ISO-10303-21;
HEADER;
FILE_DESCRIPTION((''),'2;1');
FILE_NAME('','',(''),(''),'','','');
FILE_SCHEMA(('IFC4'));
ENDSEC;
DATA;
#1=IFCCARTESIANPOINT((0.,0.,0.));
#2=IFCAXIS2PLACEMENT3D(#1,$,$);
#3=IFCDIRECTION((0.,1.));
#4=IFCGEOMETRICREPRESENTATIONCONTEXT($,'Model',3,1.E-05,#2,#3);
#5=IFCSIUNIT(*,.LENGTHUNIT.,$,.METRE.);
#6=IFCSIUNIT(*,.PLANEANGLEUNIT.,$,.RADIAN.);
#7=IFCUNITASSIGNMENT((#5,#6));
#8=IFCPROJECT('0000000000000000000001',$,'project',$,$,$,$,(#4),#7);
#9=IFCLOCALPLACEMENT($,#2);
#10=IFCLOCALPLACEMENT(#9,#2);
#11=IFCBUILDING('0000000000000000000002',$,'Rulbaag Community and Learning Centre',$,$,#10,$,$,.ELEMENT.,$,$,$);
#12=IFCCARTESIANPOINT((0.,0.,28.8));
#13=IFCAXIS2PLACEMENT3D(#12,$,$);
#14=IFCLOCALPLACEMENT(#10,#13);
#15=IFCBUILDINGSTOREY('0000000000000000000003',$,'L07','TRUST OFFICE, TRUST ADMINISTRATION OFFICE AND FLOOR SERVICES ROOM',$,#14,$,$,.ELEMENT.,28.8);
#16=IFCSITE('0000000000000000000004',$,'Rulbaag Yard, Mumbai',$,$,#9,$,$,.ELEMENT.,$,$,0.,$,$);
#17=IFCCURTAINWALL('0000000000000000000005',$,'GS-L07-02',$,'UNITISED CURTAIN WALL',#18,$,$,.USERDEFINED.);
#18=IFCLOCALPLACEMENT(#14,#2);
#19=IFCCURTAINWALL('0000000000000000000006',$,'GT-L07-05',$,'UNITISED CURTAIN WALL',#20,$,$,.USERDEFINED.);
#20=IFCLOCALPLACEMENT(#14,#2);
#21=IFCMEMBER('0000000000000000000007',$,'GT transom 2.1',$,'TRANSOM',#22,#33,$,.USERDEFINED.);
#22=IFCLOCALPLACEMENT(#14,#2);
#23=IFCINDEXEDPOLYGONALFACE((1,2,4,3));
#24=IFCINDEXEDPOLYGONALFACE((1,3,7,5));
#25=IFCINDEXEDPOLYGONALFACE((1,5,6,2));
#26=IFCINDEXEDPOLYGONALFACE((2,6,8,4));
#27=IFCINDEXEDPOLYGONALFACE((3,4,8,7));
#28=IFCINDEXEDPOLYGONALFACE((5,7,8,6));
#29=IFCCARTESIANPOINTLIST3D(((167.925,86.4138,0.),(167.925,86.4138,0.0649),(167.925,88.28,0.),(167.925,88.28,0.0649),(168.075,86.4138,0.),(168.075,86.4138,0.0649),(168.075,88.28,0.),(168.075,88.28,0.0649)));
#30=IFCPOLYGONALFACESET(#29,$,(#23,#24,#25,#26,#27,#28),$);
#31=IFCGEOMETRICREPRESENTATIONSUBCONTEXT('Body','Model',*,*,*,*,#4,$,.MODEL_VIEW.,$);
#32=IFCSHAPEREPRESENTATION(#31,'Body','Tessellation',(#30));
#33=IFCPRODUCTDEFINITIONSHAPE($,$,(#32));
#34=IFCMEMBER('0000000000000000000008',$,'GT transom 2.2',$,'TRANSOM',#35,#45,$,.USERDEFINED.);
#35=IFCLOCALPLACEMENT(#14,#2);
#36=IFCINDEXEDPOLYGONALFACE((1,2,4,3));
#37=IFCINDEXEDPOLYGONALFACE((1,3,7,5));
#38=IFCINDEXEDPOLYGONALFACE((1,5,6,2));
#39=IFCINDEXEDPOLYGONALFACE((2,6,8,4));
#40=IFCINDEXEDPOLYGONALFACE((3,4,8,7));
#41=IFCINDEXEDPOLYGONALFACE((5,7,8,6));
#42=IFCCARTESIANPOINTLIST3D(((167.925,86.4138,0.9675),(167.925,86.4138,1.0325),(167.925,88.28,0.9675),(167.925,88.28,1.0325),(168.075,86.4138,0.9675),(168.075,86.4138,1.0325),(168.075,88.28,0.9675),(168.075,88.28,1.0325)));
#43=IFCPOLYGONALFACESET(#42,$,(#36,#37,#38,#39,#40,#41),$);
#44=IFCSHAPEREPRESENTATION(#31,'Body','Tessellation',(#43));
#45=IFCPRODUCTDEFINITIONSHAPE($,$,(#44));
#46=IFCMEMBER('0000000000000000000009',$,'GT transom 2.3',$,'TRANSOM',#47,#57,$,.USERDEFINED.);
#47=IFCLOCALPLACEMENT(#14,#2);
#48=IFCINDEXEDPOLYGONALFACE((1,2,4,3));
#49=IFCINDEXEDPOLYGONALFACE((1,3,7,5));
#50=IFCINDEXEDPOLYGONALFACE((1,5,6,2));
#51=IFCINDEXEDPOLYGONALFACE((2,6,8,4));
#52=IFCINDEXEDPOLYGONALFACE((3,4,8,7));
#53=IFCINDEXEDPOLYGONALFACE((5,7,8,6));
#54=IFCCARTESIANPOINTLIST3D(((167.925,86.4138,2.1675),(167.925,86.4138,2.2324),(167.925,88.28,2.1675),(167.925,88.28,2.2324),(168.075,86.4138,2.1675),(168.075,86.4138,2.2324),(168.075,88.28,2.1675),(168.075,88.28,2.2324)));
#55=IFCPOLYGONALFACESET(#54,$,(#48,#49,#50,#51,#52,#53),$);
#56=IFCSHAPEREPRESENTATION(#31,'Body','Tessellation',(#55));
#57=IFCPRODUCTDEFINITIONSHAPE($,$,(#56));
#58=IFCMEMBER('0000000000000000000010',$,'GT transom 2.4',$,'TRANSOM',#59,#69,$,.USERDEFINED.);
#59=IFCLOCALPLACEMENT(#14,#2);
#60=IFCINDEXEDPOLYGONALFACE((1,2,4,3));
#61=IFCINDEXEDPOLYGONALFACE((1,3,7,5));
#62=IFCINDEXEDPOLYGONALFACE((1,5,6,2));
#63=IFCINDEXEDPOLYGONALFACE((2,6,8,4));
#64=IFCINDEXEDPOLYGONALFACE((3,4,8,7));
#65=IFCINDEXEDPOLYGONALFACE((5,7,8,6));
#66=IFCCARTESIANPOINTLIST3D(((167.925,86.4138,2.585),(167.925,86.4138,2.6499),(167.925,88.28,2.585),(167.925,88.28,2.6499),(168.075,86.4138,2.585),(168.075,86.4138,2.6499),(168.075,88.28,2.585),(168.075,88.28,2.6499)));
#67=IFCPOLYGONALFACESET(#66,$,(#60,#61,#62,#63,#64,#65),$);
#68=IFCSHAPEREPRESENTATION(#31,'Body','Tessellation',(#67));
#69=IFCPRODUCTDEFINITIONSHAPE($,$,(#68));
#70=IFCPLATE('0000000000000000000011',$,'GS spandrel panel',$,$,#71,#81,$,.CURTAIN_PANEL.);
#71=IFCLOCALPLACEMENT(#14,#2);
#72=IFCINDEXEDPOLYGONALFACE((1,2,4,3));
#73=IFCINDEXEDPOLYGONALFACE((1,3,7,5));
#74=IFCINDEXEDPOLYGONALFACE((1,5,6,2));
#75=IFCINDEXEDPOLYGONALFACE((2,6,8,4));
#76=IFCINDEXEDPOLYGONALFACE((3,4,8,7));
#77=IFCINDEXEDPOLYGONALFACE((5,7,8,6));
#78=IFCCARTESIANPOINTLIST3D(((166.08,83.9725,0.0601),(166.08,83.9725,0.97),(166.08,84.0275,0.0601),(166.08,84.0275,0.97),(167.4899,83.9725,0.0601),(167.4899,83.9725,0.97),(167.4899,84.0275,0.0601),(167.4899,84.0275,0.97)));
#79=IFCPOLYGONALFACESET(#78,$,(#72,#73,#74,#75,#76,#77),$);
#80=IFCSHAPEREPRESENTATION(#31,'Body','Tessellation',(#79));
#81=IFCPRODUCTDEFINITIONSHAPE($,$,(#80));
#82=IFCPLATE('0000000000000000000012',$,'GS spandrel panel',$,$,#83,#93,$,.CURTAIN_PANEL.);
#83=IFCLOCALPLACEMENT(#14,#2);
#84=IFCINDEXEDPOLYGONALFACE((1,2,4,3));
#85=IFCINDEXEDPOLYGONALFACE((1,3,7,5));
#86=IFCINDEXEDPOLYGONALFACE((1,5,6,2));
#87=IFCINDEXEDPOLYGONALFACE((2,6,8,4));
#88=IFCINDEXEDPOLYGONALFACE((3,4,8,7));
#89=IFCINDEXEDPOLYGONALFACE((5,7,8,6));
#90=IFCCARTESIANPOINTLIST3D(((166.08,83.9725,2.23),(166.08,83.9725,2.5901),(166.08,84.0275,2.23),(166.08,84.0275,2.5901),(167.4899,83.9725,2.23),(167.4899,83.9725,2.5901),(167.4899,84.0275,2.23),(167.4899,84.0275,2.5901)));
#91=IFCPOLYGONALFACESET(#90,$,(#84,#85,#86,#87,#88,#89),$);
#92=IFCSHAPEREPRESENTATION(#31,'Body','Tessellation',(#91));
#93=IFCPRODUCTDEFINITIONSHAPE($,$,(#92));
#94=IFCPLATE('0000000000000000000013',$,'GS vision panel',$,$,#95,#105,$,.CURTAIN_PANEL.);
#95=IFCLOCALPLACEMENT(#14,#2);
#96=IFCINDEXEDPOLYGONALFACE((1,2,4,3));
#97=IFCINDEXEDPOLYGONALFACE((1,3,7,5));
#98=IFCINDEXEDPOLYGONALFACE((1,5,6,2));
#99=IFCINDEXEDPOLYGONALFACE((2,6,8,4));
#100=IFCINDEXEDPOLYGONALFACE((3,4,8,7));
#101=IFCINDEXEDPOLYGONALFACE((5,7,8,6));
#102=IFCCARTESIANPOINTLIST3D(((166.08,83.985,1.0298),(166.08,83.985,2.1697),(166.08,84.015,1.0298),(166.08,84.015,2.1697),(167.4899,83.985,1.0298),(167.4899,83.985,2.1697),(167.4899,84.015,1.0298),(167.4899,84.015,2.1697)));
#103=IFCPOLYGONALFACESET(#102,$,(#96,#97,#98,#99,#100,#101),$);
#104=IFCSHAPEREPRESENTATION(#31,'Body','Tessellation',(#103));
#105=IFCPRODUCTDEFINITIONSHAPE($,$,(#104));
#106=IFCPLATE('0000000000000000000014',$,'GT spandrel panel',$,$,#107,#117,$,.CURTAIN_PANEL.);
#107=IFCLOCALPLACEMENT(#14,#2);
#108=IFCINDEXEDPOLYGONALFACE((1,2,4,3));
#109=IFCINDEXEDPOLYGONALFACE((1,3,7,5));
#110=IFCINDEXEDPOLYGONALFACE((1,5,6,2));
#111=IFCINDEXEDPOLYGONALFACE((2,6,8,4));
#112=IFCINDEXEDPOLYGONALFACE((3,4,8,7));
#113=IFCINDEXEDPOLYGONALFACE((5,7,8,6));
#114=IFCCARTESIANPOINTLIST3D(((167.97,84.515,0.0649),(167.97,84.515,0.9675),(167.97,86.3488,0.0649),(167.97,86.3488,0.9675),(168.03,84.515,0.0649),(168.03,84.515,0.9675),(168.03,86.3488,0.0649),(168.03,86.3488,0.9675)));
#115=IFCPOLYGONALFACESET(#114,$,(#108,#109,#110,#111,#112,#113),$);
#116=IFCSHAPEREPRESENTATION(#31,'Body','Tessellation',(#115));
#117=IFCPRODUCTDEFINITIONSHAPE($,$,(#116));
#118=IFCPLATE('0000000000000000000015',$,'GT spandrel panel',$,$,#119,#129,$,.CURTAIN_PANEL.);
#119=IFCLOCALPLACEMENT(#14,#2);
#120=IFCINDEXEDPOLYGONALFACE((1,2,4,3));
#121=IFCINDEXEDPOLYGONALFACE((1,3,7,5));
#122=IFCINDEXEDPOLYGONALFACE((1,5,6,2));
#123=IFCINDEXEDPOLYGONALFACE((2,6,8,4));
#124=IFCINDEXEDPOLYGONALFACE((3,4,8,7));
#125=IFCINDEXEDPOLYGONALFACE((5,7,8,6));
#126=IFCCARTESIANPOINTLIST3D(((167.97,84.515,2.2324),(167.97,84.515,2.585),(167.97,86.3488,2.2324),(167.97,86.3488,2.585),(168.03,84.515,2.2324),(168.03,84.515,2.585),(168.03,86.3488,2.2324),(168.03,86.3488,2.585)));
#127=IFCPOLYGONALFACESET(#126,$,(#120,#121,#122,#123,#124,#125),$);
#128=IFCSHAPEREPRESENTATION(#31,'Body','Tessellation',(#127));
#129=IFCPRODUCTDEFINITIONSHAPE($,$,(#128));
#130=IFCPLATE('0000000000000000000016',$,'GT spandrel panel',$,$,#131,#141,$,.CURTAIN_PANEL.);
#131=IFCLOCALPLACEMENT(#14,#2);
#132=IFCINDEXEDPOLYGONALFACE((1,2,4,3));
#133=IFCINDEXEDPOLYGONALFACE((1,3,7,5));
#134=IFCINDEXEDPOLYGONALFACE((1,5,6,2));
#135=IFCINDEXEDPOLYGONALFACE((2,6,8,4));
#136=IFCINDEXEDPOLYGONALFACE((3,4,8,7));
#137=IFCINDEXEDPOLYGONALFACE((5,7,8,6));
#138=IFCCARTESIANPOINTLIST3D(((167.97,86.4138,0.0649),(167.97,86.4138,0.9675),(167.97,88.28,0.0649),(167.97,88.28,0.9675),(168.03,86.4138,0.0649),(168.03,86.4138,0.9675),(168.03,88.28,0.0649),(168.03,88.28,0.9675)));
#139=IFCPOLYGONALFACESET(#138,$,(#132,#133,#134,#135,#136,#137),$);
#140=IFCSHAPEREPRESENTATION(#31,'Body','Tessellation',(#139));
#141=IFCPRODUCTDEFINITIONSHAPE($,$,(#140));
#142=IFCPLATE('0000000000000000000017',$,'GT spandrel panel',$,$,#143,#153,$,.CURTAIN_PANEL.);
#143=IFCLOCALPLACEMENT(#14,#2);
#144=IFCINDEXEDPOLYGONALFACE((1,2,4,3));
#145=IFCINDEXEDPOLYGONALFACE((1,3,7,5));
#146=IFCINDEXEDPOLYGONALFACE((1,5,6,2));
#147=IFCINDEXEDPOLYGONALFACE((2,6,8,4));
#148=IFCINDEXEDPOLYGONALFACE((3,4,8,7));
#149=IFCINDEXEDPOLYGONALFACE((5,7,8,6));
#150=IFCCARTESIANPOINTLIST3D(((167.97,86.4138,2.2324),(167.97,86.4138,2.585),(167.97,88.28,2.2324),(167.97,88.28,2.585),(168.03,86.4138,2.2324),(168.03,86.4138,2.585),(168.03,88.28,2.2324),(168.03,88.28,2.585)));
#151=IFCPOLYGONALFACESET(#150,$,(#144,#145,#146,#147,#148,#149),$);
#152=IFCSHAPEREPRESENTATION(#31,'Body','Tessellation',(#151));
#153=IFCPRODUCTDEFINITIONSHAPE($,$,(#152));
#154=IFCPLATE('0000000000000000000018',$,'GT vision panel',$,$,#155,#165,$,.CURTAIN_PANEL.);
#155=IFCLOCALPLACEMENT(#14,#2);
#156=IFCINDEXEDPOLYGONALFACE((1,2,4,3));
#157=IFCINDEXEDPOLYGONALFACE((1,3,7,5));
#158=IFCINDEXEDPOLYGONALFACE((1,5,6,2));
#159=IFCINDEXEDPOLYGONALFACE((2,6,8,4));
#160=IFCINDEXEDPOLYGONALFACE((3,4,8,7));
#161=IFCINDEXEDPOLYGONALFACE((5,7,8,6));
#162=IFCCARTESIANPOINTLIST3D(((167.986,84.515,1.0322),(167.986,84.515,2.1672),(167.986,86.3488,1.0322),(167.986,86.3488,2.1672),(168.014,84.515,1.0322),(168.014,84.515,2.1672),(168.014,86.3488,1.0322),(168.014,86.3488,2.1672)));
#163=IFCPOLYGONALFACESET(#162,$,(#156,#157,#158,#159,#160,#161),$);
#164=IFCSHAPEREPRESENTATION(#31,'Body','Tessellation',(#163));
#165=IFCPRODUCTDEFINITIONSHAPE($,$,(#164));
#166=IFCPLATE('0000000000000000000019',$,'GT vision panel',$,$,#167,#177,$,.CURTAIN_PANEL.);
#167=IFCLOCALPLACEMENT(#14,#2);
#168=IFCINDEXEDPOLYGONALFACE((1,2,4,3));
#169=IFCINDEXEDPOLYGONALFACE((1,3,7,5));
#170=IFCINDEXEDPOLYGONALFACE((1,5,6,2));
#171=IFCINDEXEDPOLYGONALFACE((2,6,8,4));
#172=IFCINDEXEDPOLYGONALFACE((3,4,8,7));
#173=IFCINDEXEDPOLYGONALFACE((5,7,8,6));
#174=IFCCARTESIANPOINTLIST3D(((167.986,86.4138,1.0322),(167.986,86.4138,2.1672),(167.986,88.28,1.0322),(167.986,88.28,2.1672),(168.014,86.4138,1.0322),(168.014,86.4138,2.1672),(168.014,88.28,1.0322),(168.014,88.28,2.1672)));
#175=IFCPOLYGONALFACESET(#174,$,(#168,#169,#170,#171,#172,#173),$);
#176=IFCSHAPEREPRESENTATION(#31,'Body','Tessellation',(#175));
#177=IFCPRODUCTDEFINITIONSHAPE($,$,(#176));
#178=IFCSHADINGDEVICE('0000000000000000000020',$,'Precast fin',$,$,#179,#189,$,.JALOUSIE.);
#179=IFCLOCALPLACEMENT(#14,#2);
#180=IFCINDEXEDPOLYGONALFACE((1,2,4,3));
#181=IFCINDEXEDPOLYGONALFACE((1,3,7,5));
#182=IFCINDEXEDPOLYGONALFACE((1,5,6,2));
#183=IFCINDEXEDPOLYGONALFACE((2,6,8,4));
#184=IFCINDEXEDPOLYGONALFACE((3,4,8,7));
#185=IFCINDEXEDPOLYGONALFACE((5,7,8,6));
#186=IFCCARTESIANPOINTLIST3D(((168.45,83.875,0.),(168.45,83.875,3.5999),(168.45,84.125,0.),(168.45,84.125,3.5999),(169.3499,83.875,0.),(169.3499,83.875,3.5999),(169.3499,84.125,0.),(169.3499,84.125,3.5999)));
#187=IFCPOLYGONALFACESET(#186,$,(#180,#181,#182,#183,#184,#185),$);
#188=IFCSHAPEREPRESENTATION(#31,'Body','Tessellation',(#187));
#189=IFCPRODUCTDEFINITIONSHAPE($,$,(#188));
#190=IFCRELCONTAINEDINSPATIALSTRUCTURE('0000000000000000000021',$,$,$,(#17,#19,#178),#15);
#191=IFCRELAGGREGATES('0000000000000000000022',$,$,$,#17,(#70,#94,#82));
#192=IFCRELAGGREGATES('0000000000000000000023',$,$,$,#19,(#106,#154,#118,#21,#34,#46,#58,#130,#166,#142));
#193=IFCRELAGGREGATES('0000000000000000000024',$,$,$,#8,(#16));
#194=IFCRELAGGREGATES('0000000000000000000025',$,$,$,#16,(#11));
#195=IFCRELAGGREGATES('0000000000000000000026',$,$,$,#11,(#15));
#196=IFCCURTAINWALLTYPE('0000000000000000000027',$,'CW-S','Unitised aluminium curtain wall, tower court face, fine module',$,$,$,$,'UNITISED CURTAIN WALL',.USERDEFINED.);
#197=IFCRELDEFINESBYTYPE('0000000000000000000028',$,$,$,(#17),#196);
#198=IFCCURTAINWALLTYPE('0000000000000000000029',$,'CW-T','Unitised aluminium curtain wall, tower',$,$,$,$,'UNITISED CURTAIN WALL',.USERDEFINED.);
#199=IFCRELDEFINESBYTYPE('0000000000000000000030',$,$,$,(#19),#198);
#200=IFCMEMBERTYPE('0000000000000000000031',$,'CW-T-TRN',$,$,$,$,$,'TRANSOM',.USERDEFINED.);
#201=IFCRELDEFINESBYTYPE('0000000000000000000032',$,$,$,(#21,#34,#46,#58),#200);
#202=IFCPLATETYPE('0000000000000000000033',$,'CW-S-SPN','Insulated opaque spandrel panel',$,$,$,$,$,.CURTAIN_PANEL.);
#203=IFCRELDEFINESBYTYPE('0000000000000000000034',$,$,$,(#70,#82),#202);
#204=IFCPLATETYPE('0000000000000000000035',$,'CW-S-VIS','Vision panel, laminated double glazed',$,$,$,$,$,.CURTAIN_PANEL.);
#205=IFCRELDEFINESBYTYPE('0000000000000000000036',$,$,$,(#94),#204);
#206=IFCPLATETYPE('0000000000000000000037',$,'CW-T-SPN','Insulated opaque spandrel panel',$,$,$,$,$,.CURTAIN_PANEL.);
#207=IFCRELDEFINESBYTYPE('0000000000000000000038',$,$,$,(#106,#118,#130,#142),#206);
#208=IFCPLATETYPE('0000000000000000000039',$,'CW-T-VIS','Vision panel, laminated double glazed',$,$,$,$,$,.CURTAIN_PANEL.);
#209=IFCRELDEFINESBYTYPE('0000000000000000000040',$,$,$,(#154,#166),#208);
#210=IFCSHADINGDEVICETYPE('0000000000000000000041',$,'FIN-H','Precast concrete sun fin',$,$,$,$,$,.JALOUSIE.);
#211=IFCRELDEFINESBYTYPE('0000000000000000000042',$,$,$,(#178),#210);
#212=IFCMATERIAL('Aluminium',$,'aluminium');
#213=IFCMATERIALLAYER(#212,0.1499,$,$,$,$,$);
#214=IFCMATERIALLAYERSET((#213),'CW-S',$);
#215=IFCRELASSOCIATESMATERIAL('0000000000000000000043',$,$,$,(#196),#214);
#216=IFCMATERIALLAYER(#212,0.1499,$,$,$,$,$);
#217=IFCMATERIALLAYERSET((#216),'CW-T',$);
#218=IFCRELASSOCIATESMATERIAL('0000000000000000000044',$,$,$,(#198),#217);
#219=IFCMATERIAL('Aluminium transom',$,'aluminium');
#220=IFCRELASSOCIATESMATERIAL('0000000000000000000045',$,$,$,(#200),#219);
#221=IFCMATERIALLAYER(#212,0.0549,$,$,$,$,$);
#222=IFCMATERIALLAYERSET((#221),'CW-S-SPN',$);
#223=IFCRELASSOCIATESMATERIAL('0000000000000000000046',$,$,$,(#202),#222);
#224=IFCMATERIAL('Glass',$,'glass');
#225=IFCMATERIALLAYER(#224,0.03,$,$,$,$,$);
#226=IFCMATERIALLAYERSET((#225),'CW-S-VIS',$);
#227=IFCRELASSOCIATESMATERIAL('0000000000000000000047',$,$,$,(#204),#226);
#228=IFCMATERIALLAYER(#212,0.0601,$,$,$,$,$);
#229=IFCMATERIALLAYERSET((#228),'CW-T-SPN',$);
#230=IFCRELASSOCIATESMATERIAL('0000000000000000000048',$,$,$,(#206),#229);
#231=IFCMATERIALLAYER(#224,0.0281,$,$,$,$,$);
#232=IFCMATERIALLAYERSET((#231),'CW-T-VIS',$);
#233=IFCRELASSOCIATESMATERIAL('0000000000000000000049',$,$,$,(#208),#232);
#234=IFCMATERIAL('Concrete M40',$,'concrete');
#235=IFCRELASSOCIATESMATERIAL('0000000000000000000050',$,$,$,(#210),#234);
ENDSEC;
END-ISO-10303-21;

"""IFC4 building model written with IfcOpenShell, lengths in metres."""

from ifc_helpers import new_model, si_unit, direction, frame, origin, origin_2d, place, context, subcontext, project, spatial, rectangle, extrude, material, layer, layer_set, material_profile, profile_set, type_object, element, aggregate, save


model = new_model("IFC4")

# Units and contexts
model_context = context("Model", 3, precision=1e-05, world=origin(), true_north=direction((0.0, 1.0)))
body_context = subcontext(model_context, "Body", "Model", "MODEL_VIEW")
ifc_project = project(units=[si_unit("LENGTHUNIT", "METRE"), si_unit("PLANEANGLEUNIT", "RADIAN")], contexts=[model_context])

# Site, building, storey
site_placement = place(None, origin())
site = spatial("IfcSite", under=ifc_project, at=site_placement, Name="Rulbaag Yard, Mumbai", CompositionType="ELEMENT", RefElevation=0.0)
building_placement = place(site_placement, origin())
building = spatial("IfcBuilding", under=site, at=building_placement, Name="Rulbaag Community and Learning Centre", CompositionType="ELEMENT")
storey_placement = place(building_placement, frame((0.0, 0.0, 28.8)))
storey = spatial("IfcBuildingStorey", under=building, at=storey_placement, Name="L07", Description="TRUST OFFICE, TRUST ADMINISTRATION OFFICE AND FLOOR SERVICES ROOM", CompositionType="ELEMENT", Elevation=28.8)

# Shared definitions
ifc_material_1 = material(Name="Concrete M40", Category="concrete")

# Curtain walls, members
ifc_material_2 = material(Name="Aluminium", Category="aluminium")
ifc_layer_1 = layer(ifc_material_2, 0.1499)
ifc_layer_set_1 = layer_set([ifc_layer_1], Name="CW-S")
curtain_wall_type_1 = type_object("IfcCurtainWallType", Name="CW-S", Description="Unitised aluminium curtain wall, tower court face, fine module", ElementType="UNITISED CURTAIN WALL", PredefinedType="USERDEFINED", material=ifc_layer_set_1)
curtain_wall_1_placement = place(storey_placement, origin())
curtain_wall_1 = element("IfcCurtainWall", 1, at=curtain_wall_1_placement, inside=storey, type_object=curtain_wall_type_1, Name="GS-L07-02", ObjectType="UNITISED CURTAIN WALL", PredefinedType="USERDEFINED")
ifc_material_3 = material(Name="Aluminium transom", Category="aluminium")
ifc_layer_2 = layer(ifc_material_2, 0.1499)
ifc_layer_set_2 = layer_set([ifc_layer_2], Name="CW-T")
curtain_wall_type_2 = type_object("IfcCurtainWallType", Name="CW-T", Description="Unitised aluminium curtain wall, tower", ElementType="UNITISED CURTAIN WALL", PredefinedType="USERDEFINED", material=ifc_layer_set_2)
curtain_wall_2_placement = place(storey_placement, origin())
curtain_wall_2 = element("IfcCurtainWall", 2, at=curtain_wall_2_placement, inside=storey, type_object=curtain_wall_type_2, Name="GT-L07-05", ObjectType="UNITISED CURTAIN WALL", PredefinedType="USERDEFINED")
ifc_material_profile_1 = material_profile(ifc_material_3, rectangle(XDim=0.1499, YDim=0.0649, at=origin_2d()), Name="AL 65x150 T")
ifc_profile_set_1 = profile_set([ifc_material_profile_1], Name="Aluminium transom")
member_type_1 = type_object("IfcMemberType", Name="CW-T-TRN", ElementType="TRANSOM", PredefinedType="USERDEFINED", material=ifc_profile_set_1)
member_1_placement = place(storey_placement, frame((168.0, 86.4138, 0.0325), z_axis=(0.0, 1.0, 0.0), x_axis=(-1.0, 0.0, 0.0)))
member_1 = element("IfcMember", 3, at=member_1_placement, type_object=member_type_1, Name="GT transom 2.1", ObjectType="TRANSOM", PredefinedType="USERDEFINED", context=body_context, shape_type="SweptSolid", body=[
    extrude(rectangle(XDim=0.1499, YDim=0.0649, at=origin_2d()), origin(), (0.0, 0.0, 1.0), 1.8662),
])
member_2_placement = place(storey_placement, frame((168.0, 86.4138, 1.0), z_axis=(0.0, 1.0, 0.0), x_axis=(-1.0, 0.0, 0.0)))
member_2 = element("IfcMember", 4, at=member_2_placement, type_object=member_type_1, Name="GT transom 2.2", ObjectType="TRANSOM", PredefinedType="USERDEFINED", context=body_context, shape_type="SweptSolid", body=[
    extrude(rectangle(XDim=0.1499, YDim=0.0649, at=origin_2d()), origin(), (0.0, 0.0, 1.0), 1.8662),
])
member_3_placement = place(storey_placement, frame((168.0, 86.4138, 2.2), z_axis=(0.0, 1.0, 0.0), x_axis=(-1.0, 0.0, 0.0)))
member_3 = element("IfcMember", 5, at=member_3_placement, type_object=member_type_1, Name="GT transom 2.3", ObjectType="TRANSOM", PredefinedType="USERDEFINED", context=body_context, shape_type="SweptSolid", body=[
    extrude(rectangle(XDim=0.1499, YDim=0.0649, at=origin_2d()), origin(), (0.0, 0.0, 1.0), 1.8662),
])
member_4_placement = place(storey_placement, frame((168.0, 86.4138, 2.6174), z_axis=(0.0, 1.0, 0.0), x_axis=(-1.0, 0.0, 0.0)))
member_4 = element("IfcMember", 6, at=member_4_placement, type_object=member_type_1, Name="GT transom 2.4", ObjectType="TRANSOM", PredefinedType="USERDEFINED", context=body_context, shape_type="SweptSolid", body=[
    extrude(rectangle(XDim=0.1499, YDim=0.0649, at=origin_2d()), origin(), (0.0, 0.0, 1.0), 1.8662),
])

# Plates
ifc_layer_3 = layer(ifc_material_2, 0.0549)
ifc_layer_set_3 = layer_set([ifc_layer_3], Name="CW-S-SPN")
plate_type_1 = type_object("IfcPlateType", Name="CW-S-SPN", Description="Insulated opaque spandrel panel", PredefinedType="CURTAIN_PANEL", material=ifc_layer_set_3)
plate_1_placement = place(storey_placement, frame((166.7849, 84.0, 0.0601), z_axis=(0.0, 0.0, 1.0), x_axis=(1.0, 0.0, 0.0)))
plate_1 = element("IfcPlate", 7, at=plate_1_placement, type_object=plate_type_1, Name="GS spandrel panel", PredefinedType="CURTAIN_PANEL", context=body_context, shape_type="SweptSolid", body=[
    extrude(rectangle(XDim=1.4099, YDim=0.0549, at=origin_2d()), origin(), (0.0, 0.0, 1.0), 0.9099),
])
plate_2_placement = place(storey_placement, frame((166.7849, 84.0, 2.23), z_axis=(0.0, 0.0, 1.0), x_axis=(1.0, 0.0, 0.0)))
plate_2 = element("IfcPlate", 8, at=plate_2_placement, type_object=plate_type_1, Name="GS spandrel panel", PredefinedType="CURTAIN_PANEL", context=body_context, shape_type="SweptSolid", body=[
    extrude(rectangle(XDim=1.4099, YDim=0.0549, at=origin_2d()), origin(), (0.0, 0.0, 1.0), 0.3601),
])
ifc_material_4 = material(Name="Glass", Category="glass")
ifc_layer_4 = layer(ifc_material_4, 0.03)
ifc_layer_set_4 = layer_set([ifc_layer_4], Name="CW-S-VIS")
plate_type_2 = type_object("IfcPlateType", Name="CW-S-VIS", Description="Vision panel, laminated double glazed", PredefinedType="CURTAIN_PANEL", material=ifc_layer_set_4)
plate_3_placement = place(storey_placement, frame((166.7849, 84.0, 1.0298), z_axis=(0.0, 0.0, 1.0), x_axis=(1.0, 0.0, 0.0)))
plate_3 = element("IfcPlate", 9, at=plate_3_placement, type_object=plate_type_2, Name="GS vision panel", PredefinedType="CURTAIN_PANEL", context=body_context, shape_type="SweptSolid", body=[
    extrude(rectangle(XDim=1.4099, YDim=0.03, at=origin_2d()), origin(), (0.0, 0.0, 1.0), 1.1399),
])
aggregate(curtain_wall_1, [plate_1, plate_3, plate_2])
ifc_layer_5 = layer(ifc_material_2, 0.0601)
ifc_layer_set_5 = layer_set([ifc_layer_5], Name="CW-T-SPN")
plate_type_3 = type_object("IfcPlateType", Name="CW-T-SPN", Description="Insulated opaque spandrel panel", PredefinedType="CURTAIN_PANEL", material=ifc_layer_set_5)
plate_4_placement = place(storey_placement, frame((168.0, 85.4319, 0.0649), z_axis=(0.0, 0.0, 1.0), x_axis=(0.0, 1.0, 0.0)))
plate_4 = element("IfcPlate", 10, at=plate_4_placement, type_object=plate_type_3, Name="GT spandrel panel", PredefinedType="CURTAIN_PANEL", context=body_context, shape_type="SweptSolid", body=[
    extrude(rectangle(XDim=1.8337, YDim=0.0601, at=origin_2d()), origin(), (0.0, 0.0, 1.0), 0.9026),
])
plate_5_placement = place(storey_placement, frame((168.0, 85.4319, 2.2324), z_axis=(0.0, 0.0, 1.0), x_axis=(0.0, 1.0, 0.0)))
plate_5 = element("IfcPlate", 11, at=plate_5_placement, type_object=plate_type_3, Name="GT spandrel panel", PredefinedType="CURTAIN_PANEL", context=body_context, shape_type="SweptSolid", body=[
    extrude(rectangle(XDim=1.8337, YDim=0.0601, at=origin_2d()), origin(), (0.0, 0.0, 1.0), 0.3525),
])
plate_6_placement = place(storey_placement, frame((168.0, 87.3469, 0.0649), z_axis=(0.0, 0.0, 1.0), x_axis=(0.0, 1.0, 0.0)))
plate_6 = element("IfcPlate", 12, at=plate_6_placement, type_object=plate_type_3, Name="GT spandrel panel", PredefinedType="CURTAIN_PANEL", context=body_context, shape_type="SweptSolid", body=[
    extrude(rectangle(XDim=1.8662, YDim=0.0601, at=origin_2d()), origin(), (0.0, 0.0, 1.0), 0.9026),
])
plate_7_placement = place(storey_placement, frame((168.0, 87.3469, 2.2324), z_axis=(0.0, 0.0, 1.0), x_axis=(0.0, 1.0, 0.0)))
plate_7 = element("IfcPlate", 13, at=plate_7_placement, type_object=plate_type_3, Name="GT spandrel panel", PredefinedType="CURTAIN_PANEL", context=body_context, shape_type="SweptSolid", body=[
    extrude(rectangle(XDim=1.8662, YDim=0.0601, at=origin_2d()), origin(), (0.0, 0.0, 1.0), 0.3525),
])
ifc_layer_6 = layer(ifc_material_4, 0.0281)
ifc_layer_set_6 = layer_set([ifc_layer_6], Name="CW-T-VIS")
plate_type_4 = type_object("IfcPlateType", Name="CW-T-VIS", Description="Vision panel, laminated double glazed", PredefinedType="CURTAIN_PANEL", material=ifc_layer_set_6)
plate_8_placement = place(storey_placement, frame((168.0, 85.4319, 1.0322), z_axis=(0.0, 0.0, 1.0), x_axis=(0.0, 1.0, 0.0)))
plate_8 = element("IfcPlate", 14, at=plate_8_placement, type_object=plate_type_4, Name="GT vision panel", PredefinedType="CURTAIN_PANEL", context=body_context, shape_type="SweptSolid", body=[
    extrude(rectangle(XDim=1.8337, YDim=0.0281, at=origin_2d()), origin(), (0.0, 0.0, 1.0), 1.135),
])
plate_9_placement = place(storey_placement, frame((168.0, 87.3469, 1.0322), z_axis=(0.0, 0.0, 1.0), x_axis=(0.0, 1.0, 0.0)))
plate_9 = element("IfcPlate", 15, at=plate_9_placement, type_object=plate_type_4, Name="GT vision panel", PredefinedType="CURTAIN_PANEL", context=body_context, shape_type="SweptSolid", body=[
    extrude(rectangle(XDim=1.8662, YDim=0.0281, at=origin_2d()), origin(), (0.0, 0.0, 1.0), 1.135),
])
aggregate(curtain_wall_2, [plate_4, plate_8, plate_5, member_1, member_2, member_3, member_4, plate_6, plate_9, plate_7])

# Shading device
ifc_material_profile_2 = material_profile(ifc_material_1, rectangle(XDim=0.25, YDim=0.8999, at=origin_2d()), Name="PC 250x900")
ifc_profile_set_2 = profile_set([ifc_material_profile_2], Name="Concrete M40")
shading_device_type = type_object("IfcShadingDeviceType", Name="FIN-H", Description="Precast concrete sun fin", PredefinedType="JALOUSIE", material=ifc_profile_set_2)
for number, where, z_axis, x_axis, name in (
    (16, (168.8999, 84.0, 0.0), (0.0, 0.0, 1.0), (0.0, 1.0, 0.0), "Precast fin"),
):
    element("IfcShadingDevice", number, at=place(storey_placement, frame(where, z_axis=z_axis, x_axis=x_axis)), inside=storey, type_object=shading_device_type, Name=name, PredefinedType="JALOUSIE", context=body_context, shape_type="SweptSolid", body=[
        extrude(rectangle(XDim=0.25, YDim=0.8999, at=origin_2d()), origin(), (0.0, 0.0, 1.0), 3.5999),
    ])

save(model, "model.ifc")
